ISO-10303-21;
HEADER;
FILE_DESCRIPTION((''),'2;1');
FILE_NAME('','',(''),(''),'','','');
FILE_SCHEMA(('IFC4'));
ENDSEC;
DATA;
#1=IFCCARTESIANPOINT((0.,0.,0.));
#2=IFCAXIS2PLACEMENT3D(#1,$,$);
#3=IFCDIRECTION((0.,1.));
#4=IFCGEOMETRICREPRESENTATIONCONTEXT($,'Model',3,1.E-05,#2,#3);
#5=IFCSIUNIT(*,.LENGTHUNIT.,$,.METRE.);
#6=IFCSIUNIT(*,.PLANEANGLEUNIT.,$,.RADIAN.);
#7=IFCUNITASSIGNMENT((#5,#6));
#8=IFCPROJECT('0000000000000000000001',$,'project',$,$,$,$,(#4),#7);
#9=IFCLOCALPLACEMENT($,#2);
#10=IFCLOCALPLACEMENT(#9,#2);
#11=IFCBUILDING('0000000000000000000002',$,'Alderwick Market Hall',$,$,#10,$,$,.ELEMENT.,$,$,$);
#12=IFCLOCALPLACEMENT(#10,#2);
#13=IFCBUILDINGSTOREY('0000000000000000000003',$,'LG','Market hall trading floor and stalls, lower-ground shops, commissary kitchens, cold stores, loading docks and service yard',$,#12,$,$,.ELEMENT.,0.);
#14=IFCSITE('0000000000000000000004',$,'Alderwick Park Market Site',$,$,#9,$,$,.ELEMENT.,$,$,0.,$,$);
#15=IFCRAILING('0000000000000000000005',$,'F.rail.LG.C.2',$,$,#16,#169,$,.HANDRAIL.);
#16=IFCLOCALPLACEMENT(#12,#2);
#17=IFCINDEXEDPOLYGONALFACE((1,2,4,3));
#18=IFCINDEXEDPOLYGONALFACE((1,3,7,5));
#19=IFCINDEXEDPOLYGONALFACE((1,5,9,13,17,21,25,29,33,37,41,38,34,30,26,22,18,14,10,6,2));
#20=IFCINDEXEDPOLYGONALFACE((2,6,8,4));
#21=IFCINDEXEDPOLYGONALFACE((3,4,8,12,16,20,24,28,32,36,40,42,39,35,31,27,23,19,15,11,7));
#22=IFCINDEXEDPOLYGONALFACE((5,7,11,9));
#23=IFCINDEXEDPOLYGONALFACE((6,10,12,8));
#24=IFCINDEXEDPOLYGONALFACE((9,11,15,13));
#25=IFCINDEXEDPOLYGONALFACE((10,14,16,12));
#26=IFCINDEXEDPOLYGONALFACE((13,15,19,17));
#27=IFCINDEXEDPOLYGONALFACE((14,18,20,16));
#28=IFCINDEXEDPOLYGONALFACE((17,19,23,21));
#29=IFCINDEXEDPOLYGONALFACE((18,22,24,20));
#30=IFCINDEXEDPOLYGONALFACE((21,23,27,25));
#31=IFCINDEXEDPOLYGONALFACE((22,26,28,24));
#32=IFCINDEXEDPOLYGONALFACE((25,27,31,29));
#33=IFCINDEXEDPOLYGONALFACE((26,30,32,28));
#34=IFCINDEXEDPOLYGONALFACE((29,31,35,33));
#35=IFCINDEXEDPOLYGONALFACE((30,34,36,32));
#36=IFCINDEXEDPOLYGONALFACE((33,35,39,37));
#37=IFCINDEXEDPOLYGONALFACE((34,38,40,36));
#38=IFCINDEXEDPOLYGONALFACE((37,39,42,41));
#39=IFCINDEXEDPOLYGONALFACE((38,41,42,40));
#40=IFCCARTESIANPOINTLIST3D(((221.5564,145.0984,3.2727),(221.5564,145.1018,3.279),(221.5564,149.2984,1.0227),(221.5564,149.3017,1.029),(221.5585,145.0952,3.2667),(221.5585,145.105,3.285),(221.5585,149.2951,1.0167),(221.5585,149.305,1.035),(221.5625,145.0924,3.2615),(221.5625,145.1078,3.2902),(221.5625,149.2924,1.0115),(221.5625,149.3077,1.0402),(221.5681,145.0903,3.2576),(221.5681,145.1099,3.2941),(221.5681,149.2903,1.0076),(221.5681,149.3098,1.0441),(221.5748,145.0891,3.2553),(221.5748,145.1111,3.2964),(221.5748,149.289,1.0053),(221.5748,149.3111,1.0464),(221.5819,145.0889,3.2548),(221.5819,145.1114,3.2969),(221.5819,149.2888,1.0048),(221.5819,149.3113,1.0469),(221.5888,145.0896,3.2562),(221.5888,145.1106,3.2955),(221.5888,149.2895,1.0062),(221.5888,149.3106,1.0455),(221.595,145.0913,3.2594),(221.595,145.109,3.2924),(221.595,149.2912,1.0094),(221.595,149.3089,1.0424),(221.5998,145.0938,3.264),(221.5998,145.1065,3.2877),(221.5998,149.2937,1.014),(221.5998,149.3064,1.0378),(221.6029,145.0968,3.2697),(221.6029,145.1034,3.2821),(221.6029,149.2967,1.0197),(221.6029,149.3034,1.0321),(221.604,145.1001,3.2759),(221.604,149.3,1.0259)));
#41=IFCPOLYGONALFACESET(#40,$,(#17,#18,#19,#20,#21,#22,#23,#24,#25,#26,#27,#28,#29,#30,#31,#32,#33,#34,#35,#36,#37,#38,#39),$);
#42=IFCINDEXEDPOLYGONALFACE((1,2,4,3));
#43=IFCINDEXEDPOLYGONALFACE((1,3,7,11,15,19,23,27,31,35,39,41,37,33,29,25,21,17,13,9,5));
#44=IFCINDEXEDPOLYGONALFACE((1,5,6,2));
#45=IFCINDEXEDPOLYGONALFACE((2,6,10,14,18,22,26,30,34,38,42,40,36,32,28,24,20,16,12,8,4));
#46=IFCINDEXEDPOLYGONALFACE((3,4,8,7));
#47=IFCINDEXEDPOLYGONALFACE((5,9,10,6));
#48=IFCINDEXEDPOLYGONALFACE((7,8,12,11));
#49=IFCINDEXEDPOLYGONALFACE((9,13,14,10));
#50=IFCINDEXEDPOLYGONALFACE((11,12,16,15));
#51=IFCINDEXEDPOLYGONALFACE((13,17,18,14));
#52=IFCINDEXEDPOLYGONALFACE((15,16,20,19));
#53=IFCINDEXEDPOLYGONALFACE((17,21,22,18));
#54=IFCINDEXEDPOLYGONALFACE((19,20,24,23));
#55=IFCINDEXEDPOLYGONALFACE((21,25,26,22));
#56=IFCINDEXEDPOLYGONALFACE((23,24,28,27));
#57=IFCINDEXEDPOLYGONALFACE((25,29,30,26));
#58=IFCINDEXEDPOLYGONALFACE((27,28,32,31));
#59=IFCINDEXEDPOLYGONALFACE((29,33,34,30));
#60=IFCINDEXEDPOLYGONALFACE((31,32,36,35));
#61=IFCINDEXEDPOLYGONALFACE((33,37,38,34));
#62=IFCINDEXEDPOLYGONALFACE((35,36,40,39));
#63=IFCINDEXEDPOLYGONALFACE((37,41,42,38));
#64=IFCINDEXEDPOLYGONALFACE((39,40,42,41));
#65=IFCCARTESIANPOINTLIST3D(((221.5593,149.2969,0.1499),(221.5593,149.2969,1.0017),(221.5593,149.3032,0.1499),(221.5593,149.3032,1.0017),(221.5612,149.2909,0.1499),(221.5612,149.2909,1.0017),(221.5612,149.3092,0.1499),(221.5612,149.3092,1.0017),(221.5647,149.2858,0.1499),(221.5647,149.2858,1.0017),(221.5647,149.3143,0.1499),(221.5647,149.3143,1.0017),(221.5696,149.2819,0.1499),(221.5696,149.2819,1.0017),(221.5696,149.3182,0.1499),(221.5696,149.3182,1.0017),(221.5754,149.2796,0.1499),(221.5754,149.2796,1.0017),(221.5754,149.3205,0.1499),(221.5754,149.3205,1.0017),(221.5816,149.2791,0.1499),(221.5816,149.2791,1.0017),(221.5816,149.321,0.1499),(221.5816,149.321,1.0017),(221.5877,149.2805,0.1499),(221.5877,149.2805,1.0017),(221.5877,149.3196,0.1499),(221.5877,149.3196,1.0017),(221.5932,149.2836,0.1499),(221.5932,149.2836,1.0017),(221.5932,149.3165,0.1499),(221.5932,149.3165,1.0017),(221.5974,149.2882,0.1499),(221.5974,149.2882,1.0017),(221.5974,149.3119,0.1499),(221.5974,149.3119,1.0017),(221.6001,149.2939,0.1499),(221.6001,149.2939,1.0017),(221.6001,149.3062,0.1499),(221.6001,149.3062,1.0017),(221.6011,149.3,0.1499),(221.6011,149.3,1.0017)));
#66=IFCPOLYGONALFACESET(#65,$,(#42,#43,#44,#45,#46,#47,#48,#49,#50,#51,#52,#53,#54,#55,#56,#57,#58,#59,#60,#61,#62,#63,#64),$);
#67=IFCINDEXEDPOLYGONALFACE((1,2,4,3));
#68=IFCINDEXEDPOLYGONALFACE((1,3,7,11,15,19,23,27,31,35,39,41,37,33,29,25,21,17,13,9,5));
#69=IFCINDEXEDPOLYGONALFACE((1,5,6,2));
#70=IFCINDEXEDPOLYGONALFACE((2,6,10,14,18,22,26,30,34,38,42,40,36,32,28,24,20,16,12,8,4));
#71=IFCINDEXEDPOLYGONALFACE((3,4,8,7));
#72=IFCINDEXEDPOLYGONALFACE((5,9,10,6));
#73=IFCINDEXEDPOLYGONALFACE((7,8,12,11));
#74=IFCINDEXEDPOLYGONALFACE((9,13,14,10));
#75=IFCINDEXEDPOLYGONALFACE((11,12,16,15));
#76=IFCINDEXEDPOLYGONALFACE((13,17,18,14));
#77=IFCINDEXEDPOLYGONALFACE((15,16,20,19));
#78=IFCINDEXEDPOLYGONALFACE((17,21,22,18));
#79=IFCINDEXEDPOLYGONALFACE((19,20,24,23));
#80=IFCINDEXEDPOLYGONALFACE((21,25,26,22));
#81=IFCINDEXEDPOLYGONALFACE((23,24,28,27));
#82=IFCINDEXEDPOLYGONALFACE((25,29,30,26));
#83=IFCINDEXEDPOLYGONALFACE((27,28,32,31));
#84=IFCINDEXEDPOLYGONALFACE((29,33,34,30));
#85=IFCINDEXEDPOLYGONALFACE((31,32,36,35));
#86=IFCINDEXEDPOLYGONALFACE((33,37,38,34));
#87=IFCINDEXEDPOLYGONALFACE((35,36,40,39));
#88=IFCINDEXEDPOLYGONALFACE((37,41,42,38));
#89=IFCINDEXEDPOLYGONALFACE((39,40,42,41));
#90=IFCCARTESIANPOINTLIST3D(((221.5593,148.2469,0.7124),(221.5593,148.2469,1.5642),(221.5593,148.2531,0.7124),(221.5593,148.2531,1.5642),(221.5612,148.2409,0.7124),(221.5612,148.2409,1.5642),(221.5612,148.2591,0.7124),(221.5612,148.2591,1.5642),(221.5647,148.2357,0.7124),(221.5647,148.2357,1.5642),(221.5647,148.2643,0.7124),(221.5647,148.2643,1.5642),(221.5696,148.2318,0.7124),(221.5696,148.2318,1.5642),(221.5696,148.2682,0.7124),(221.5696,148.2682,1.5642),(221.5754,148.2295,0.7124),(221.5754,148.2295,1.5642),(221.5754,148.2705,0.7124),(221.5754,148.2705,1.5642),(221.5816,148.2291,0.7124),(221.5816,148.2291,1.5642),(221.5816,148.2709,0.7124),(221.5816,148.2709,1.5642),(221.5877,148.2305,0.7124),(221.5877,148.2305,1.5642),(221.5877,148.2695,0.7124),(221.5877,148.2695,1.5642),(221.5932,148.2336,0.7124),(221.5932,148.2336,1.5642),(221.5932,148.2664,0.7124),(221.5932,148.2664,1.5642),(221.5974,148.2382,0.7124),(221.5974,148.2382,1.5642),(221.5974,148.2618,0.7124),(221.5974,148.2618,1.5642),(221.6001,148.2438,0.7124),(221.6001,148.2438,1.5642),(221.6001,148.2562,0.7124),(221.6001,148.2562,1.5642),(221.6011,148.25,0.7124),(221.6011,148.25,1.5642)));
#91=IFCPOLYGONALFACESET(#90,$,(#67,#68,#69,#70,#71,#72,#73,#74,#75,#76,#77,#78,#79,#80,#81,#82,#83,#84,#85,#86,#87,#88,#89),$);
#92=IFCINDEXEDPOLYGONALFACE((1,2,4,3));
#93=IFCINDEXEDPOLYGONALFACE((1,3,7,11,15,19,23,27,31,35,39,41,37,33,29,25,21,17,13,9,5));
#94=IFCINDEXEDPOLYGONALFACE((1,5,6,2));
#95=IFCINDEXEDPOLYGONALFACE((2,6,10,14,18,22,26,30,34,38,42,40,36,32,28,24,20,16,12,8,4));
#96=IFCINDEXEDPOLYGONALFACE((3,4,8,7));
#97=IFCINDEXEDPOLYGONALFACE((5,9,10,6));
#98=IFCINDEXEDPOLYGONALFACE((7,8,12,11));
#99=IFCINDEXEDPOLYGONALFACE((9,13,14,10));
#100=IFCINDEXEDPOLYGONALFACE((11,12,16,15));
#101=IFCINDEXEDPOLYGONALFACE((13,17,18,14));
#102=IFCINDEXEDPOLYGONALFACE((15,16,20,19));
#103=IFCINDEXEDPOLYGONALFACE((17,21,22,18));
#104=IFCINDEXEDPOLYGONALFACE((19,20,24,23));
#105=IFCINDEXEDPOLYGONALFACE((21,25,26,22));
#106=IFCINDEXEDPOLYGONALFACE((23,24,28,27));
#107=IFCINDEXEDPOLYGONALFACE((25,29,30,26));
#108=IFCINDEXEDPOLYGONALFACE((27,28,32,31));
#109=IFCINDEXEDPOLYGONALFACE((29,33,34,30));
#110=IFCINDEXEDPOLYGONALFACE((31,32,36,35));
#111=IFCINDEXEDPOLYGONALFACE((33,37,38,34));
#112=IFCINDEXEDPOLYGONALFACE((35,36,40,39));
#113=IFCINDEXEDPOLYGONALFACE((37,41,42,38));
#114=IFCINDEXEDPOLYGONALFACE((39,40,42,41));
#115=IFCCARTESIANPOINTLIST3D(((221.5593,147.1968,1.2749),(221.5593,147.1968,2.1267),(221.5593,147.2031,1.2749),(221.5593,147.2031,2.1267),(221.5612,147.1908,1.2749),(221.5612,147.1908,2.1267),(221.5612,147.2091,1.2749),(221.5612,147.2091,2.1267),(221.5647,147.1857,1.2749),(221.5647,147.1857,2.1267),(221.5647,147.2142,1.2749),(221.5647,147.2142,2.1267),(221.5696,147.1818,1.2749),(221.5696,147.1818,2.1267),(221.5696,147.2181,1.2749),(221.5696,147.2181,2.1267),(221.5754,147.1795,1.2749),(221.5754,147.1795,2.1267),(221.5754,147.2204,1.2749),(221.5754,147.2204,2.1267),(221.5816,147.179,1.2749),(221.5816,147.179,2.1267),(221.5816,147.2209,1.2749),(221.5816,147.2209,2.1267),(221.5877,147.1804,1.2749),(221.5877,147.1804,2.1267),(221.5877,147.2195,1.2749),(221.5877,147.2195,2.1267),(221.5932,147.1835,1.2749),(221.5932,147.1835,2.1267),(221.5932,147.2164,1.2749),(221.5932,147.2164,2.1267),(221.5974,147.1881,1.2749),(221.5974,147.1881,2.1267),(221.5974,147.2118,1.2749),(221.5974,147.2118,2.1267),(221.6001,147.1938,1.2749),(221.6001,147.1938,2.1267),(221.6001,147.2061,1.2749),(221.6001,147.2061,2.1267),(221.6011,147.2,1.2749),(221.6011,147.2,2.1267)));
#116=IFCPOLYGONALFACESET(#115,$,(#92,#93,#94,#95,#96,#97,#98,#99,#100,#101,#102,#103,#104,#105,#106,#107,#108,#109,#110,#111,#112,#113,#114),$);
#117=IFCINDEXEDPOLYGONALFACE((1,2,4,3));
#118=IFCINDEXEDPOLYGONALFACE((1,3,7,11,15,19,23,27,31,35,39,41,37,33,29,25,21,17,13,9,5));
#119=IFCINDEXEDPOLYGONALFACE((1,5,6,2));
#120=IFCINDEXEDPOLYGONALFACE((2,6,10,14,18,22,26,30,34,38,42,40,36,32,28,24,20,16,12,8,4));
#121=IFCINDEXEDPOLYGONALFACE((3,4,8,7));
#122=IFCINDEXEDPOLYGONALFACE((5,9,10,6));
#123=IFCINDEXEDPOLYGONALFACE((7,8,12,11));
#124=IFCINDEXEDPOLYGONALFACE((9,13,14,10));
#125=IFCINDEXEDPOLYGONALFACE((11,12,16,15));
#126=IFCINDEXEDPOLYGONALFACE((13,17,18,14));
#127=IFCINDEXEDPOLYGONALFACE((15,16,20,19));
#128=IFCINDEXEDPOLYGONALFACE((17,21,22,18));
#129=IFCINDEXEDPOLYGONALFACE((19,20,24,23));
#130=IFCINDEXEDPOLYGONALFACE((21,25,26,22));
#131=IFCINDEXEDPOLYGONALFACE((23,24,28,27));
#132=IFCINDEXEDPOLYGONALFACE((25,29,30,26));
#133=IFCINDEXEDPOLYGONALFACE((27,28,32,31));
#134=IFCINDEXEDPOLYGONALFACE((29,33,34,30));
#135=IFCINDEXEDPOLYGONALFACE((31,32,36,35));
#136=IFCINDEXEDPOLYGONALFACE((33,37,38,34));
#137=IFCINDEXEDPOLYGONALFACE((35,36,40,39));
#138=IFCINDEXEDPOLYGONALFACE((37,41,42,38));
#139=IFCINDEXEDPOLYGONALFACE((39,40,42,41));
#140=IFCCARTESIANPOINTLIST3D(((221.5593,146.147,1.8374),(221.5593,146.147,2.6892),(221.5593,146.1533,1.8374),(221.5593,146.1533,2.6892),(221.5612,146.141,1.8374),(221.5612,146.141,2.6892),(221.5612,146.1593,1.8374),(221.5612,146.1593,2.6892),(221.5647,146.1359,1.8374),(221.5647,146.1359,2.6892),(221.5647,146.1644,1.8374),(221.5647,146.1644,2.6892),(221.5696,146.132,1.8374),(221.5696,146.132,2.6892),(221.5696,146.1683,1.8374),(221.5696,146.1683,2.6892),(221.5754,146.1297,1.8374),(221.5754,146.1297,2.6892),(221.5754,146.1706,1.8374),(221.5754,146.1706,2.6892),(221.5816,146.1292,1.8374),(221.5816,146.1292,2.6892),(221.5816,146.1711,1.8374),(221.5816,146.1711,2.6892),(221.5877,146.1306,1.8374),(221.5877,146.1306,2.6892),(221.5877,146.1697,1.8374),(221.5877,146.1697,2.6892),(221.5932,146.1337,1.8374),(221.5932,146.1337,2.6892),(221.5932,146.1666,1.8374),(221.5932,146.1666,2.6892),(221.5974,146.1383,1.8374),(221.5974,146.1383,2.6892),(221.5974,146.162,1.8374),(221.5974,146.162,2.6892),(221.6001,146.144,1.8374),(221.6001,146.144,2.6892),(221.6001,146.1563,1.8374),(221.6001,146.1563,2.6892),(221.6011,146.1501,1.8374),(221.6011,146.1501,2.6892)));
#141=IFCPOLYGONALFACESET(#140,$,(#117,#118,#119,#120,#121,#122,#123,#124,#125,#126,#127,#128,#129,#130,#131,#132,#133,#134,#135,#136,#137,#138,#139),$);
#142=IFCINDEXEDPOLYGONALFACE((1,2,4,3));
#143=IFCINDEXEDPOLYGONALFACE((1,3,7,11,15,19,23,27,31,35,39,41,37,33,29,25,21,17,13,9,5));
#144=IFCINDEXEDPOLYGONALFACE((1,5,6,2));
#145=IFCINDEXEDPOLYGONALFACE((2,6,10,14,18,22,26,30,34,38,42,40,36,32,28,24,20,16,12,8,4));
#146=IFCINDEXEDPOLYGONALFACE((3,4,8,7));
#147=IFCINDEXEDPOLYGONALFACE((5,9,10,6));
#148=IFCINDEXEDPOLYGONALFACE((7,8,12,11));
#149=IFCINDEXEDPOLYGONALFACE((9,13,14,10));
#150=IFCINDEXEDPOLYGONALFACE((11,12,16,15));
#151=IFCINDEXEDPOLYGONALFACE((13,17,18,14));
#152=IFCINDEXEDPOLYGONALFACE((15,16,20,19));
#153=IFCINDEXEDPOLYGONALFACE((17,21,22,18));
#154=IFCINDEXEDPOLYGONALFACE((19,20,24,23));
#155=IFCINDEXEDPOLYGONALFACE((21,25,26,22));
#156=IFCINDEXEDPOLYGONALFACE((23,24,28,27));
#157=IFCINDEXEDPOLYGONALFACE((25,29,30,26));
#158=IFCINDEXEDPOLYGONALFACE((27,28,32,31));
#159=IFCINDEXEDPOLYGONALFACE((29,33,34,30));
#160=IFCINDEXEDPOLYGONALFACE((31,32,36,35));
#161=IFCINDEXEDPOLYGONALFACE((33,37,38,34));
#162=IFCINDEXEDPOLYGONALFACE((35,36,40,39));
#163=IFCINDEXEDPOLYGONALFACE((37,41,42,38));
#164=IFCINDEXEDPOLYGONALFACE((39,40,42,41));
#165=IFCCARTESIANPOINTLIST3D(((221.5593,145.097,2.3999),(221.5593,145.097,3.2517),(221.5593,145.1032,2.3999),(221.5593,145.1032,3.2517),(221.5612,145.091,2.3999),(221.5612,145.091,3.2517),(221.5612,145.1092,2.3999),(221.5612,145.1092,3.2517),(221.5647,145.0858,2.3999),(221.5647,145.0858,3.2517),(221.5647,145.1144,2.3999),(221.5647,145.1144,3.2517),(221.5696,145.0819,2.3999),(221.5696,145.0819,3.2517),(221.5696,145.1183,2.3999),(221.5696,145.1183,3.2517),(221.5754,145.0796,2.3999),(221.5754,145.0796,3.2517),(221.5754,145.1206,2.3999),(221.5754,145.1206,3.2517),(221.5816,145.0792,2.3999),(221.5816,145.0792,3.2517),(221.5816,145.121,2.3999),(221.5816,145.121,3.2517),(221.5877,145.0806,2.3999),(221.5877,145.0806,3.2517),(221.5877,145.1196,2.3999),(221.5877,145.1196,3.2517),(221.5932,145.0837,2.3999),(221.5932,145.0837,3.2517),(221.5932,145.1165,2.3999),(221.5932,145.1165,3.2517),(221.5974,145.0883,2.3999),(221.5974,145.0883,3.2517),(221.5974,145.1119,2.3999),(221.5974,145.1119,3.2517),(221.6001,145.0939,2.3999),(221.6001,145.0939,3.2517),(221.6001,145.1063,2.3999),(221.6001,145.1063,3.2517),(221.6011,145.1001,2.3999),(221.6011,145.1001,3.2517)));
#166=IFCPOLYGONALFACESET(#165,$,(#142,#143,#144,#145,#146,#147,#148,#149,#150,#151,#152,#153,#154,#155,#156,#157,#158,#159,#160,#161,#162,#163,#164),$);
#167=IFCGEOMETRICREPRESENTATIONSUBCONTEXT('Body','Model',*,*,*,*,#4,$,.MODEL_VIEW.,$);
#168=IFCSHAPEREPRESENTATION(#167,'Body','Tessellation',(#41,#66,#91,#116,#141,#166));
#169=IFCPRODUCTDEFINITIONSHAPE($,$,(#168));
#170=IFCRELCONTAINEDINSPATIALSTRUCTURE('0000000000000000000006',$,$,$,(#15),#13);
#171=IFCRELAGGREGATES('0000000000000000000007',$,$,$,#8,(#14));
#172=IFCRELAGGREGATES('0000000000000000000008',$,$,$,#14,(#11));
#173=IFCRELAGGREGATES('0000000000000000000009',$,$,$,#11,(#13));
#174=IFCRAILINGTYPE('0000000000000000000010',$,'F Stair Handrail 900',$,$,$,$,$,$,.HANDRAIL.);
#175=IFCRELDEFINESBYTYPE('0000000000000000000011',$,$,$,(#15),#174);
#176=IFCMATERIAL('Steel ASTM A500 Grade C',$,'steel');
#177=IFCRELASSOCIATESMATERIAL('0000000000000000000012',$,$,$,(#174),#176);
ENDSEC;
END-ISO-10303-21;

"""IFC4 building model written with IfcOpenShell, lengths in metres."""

from ifc_helpers import new_model, si_unit, direction, frame, origin, origin_2d, place, context, subcontext, project, spatial, circle, extrude, material, type_object, element, save


model = new_model("IFC4")

# Units and contexts
model_context = context("Model", 3, precision=1e-05, world=origin(), true_north=direction((0.0, 1.0)))
body_context = subcontext(model_context, "Body", "Model", "MODEL_VIEW")
ifc_project = project(units=[si_unit("LENGTHUNIT", "METRE"), si_unit("PLANEANGLEUNIT", "RADIAN")], contexts=[model_context])

# Site, building, storey
site_placement = place(None, origin())
site = spatial("IfcSite", under=ifc_project, at=site_placement, Name="Alderwick Park Market Site", CompositionType="ELEMENT", RefElevation=0.0)
building_placement = place(site_placement, origin())
building = spatial("IfcBuilding", under=site, at=building_placement, Name="Alderwick Market Hall", CompositionType="ELEMENT")
storey_placement = place(building_placement, origin())
storey = spatial("IfcBuildingStorey", under=building, at=storey_placement, Name="LG", Description="Market hall trading floor and stalls, lower-ground shops, commissary kitchens, cold stores, loading docks and service yard", CompositionType="ELEMENT", Elevation=0.0)

# Railing
ifc_material_1 = material(Name="Steel ASTM A500 Grade C", Category="steel")
railing_type = type_object("IfcRailingType", Name="F Stair Handrail 900", PredefinedType="HANDRAIL", material=ifc_material_1)
for number, where, name in (
    (1, (221.5801, 149.3, 0.1499), "F.rail.LG.C.2"),
):
    element("IfcRailing", number, at=place(storey_placement, frame(where)), inside=storey, type_object=railing_type, Name=name, PredefinedType="HANDRAIL", context=body_context, shape_type="SweptSolid", body=[
        extrude(circle(Radius=0.0239, at=origin_2d()), frame((0.0, 0.0, 0.876), z_axis=(0.0, -0.881478, 0.472226), x_axis=(1.0, 0.0, 0.0)), (0.0, 0.0, 1.0), 4.7646),
        extrude(circle(Radius=0.021, at=origin_2d()), origin(), (0.0, 0.0, 1.0), 0.8518),
        extrude(circle(Radius=0.021, at=origin_2d()), frame((0.0, -1.05, 0.5625)), (0.0, 0.0, 1.0), 0.8518),
        extrude(circle(Radius=0.021, at=origin_2d()), frame((0.0, -2.1001, 1.125)), (0.0, 0.0, 1.0), 0.8518),
        extrude(circle(Radius=0.021, at=origin_2d()), frame((0.0, -3.1499, 1.6875)), (0.0, 0.0, 1.0), 0.8518),
        extrude(circle(Radius=0.021, at=origin_2d()), frame((0.0, -4.2, 2.25)), (0.0, 0.0, 1.0), 0.8518),
    ])

save(model, "model.ifc")
